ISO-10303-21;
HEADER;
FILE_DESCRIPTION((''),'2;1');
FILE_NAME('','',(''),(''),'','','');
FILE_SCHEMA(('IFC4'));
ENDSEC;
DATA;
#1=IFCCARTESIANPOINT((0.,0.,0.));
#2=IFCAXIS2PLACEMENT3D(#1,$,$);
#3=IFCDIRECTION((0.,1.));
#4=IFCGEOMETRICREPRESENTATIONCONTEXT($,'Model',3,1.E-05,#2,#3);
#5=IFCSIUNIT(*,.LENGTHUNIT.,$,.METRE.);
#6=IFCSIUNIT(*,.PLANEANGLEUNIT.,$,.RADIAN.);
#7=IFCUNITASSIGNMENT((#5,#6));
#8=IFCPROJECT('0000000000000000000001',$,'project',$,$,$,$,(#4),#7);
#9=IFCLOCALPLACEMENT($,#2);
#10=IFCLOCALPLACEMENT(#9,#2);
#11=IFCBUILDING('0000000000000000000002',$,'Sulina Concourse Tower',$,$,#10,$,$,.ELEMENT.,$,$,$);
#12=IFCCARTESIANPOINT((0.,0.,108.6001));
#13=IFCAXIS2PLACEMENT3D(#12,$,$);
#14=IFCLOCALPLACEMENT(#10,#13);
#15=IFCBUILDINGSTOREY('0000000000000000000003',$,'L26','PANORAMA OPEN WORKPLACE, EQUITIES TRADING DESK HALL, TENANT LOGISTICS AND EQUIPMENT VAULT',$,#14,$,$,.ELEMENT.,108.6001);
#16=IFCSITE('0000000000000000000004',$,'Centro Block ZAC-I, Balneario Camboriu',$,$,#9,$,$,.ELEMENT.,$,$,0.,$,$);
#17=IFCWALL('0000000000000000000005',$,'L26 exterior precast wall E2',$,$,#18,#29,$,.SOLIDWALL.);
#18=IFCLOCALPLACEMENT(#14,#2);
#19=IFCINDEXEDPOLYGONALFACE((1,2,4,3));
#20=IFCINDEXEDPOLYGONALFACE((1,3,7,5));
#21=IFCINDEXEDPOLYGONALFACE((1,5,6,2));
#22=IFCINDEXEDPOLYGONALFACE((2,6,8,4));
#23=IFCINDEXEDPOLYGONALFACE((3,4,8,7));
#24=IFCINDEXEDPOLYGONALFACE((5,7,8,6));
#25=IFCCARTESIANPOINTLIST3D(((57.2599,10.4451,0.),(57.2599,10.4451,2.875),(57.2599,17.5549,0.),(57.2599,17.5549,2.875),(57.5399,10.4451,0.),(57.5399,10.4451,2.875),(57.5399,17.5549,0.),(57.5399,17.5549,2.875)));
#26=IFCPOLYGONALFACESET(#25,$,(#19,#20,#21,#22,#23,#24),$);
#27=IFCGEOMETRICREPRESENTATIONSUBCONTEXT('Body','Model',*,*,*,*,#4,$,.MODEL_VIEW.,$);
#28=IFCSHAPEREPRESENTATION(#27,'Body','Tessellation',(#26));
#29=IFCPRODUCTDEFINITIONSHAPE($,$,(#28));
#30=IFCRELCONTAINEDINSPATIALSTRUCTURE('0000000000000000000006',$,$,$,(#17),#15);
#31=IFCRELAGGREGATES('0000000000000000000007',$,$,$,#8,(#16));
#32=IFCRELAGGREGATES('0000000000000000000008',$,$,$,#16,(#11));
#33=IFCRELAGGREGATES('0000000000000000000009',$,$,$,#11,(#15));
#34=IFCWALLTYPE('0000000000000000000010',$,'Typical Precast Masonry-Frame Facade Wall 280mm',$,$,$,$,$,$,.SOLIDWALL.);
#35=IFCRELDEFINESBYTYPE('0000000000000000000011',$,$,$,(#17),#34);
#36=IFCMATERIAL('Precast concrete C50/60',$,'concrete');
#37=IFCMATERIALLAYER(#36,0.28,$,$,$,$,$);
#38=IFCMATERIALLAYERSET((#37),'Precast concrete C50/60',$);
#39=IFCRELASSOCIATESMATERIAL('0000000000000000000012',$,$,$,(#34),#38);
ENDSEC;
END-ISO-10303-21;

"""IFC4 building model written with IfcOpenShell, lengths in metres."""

from ifc_helpers import new_model, si_unit, direction, frame, frame_2d, origin, place, context, subcontext, project, spatial, rectangle, extrude, material, layer, layer_set, type_object, element, save


model = new_model("IFC4")

# Units and contexts
model_context = context("Model", 3, precision=1e-05, world=origin(), true_north=direction((0.0, 1.0)))
body_context = subcontext(model_context, "Body", "Model", "MODEL_VIEW")
ifc_project = project(units=[si_unit("LENGTHUNIT", "METRE"), si_unit("PLANEANGLEUNIT", "RADIAN")], contexts=[model_context])

# Site, building, storey
site_placement = place(None, origin())
site = spatial("IfcSite", under=ifc_project, at=site_placement, Name="Centro Block ZAC-I, Balneario Camboriu", CompositionType="ELEMENT", RefElevation=0.0)
building_placement = place(site_placement, origin())
building = spatial("IfcBuilding", under=site, at=building_placement, Name="Sulina Concourse Tower", CompositionType="ELEMENT")
storey_placement = place(building_placement, frame((0.0, 0.0, 108.6001)))
storey = spatial("IfcBuildingStorey", under=building, at=storey_placement, Name="L26", Description="PANORAMA OPEN WORKPLACE, EQUITIES TRADING DESK HALL, TENANT LOGISTICS AND EQUIPMENT VAULT", CompositionType="ELEMENT", Elevation=108.6001)

# Shared definitions
ifc_material_1 = material(Name="Precast concrete C50/60", Category="concrete")
ifc_layer_1 = layer(ifc_material_1, 0.28)
ifc_layer_set_1 = layer_set([ifc_layer_1], Name="Precast concrete C50/60")
wall_type_1 = type_object("IfcWallType", Name="Typical Precast Masonry-Frame Facade Wall 280mm", PredefinedType="SOLIDWALL", material=ifc_layer_set_1)

# Wall
wall_1_placement = place(storey_placement, frame((57.3999, 17.5549, 0.0), z_axis=(0.0, 0.0, 1.0), x_axis=(0.0, -1.0, 0.0)))
element("IfcWall", 1, at=wall_1_placement, inside=storey, type_object=wall_type_1, Name="L26 exterior precast wall E2", PredefinedType="SOLIDWALL", context=body_context, shape_type="SweptSolid", body=[
    extrude(rectangle(XDim=7.1099, YDim=0.28, at=frame_2d((3.5549, 0.0))), origin(), (0.0, 0.0, 1.0), 2.875),
])

save(model, "model.ifc")
